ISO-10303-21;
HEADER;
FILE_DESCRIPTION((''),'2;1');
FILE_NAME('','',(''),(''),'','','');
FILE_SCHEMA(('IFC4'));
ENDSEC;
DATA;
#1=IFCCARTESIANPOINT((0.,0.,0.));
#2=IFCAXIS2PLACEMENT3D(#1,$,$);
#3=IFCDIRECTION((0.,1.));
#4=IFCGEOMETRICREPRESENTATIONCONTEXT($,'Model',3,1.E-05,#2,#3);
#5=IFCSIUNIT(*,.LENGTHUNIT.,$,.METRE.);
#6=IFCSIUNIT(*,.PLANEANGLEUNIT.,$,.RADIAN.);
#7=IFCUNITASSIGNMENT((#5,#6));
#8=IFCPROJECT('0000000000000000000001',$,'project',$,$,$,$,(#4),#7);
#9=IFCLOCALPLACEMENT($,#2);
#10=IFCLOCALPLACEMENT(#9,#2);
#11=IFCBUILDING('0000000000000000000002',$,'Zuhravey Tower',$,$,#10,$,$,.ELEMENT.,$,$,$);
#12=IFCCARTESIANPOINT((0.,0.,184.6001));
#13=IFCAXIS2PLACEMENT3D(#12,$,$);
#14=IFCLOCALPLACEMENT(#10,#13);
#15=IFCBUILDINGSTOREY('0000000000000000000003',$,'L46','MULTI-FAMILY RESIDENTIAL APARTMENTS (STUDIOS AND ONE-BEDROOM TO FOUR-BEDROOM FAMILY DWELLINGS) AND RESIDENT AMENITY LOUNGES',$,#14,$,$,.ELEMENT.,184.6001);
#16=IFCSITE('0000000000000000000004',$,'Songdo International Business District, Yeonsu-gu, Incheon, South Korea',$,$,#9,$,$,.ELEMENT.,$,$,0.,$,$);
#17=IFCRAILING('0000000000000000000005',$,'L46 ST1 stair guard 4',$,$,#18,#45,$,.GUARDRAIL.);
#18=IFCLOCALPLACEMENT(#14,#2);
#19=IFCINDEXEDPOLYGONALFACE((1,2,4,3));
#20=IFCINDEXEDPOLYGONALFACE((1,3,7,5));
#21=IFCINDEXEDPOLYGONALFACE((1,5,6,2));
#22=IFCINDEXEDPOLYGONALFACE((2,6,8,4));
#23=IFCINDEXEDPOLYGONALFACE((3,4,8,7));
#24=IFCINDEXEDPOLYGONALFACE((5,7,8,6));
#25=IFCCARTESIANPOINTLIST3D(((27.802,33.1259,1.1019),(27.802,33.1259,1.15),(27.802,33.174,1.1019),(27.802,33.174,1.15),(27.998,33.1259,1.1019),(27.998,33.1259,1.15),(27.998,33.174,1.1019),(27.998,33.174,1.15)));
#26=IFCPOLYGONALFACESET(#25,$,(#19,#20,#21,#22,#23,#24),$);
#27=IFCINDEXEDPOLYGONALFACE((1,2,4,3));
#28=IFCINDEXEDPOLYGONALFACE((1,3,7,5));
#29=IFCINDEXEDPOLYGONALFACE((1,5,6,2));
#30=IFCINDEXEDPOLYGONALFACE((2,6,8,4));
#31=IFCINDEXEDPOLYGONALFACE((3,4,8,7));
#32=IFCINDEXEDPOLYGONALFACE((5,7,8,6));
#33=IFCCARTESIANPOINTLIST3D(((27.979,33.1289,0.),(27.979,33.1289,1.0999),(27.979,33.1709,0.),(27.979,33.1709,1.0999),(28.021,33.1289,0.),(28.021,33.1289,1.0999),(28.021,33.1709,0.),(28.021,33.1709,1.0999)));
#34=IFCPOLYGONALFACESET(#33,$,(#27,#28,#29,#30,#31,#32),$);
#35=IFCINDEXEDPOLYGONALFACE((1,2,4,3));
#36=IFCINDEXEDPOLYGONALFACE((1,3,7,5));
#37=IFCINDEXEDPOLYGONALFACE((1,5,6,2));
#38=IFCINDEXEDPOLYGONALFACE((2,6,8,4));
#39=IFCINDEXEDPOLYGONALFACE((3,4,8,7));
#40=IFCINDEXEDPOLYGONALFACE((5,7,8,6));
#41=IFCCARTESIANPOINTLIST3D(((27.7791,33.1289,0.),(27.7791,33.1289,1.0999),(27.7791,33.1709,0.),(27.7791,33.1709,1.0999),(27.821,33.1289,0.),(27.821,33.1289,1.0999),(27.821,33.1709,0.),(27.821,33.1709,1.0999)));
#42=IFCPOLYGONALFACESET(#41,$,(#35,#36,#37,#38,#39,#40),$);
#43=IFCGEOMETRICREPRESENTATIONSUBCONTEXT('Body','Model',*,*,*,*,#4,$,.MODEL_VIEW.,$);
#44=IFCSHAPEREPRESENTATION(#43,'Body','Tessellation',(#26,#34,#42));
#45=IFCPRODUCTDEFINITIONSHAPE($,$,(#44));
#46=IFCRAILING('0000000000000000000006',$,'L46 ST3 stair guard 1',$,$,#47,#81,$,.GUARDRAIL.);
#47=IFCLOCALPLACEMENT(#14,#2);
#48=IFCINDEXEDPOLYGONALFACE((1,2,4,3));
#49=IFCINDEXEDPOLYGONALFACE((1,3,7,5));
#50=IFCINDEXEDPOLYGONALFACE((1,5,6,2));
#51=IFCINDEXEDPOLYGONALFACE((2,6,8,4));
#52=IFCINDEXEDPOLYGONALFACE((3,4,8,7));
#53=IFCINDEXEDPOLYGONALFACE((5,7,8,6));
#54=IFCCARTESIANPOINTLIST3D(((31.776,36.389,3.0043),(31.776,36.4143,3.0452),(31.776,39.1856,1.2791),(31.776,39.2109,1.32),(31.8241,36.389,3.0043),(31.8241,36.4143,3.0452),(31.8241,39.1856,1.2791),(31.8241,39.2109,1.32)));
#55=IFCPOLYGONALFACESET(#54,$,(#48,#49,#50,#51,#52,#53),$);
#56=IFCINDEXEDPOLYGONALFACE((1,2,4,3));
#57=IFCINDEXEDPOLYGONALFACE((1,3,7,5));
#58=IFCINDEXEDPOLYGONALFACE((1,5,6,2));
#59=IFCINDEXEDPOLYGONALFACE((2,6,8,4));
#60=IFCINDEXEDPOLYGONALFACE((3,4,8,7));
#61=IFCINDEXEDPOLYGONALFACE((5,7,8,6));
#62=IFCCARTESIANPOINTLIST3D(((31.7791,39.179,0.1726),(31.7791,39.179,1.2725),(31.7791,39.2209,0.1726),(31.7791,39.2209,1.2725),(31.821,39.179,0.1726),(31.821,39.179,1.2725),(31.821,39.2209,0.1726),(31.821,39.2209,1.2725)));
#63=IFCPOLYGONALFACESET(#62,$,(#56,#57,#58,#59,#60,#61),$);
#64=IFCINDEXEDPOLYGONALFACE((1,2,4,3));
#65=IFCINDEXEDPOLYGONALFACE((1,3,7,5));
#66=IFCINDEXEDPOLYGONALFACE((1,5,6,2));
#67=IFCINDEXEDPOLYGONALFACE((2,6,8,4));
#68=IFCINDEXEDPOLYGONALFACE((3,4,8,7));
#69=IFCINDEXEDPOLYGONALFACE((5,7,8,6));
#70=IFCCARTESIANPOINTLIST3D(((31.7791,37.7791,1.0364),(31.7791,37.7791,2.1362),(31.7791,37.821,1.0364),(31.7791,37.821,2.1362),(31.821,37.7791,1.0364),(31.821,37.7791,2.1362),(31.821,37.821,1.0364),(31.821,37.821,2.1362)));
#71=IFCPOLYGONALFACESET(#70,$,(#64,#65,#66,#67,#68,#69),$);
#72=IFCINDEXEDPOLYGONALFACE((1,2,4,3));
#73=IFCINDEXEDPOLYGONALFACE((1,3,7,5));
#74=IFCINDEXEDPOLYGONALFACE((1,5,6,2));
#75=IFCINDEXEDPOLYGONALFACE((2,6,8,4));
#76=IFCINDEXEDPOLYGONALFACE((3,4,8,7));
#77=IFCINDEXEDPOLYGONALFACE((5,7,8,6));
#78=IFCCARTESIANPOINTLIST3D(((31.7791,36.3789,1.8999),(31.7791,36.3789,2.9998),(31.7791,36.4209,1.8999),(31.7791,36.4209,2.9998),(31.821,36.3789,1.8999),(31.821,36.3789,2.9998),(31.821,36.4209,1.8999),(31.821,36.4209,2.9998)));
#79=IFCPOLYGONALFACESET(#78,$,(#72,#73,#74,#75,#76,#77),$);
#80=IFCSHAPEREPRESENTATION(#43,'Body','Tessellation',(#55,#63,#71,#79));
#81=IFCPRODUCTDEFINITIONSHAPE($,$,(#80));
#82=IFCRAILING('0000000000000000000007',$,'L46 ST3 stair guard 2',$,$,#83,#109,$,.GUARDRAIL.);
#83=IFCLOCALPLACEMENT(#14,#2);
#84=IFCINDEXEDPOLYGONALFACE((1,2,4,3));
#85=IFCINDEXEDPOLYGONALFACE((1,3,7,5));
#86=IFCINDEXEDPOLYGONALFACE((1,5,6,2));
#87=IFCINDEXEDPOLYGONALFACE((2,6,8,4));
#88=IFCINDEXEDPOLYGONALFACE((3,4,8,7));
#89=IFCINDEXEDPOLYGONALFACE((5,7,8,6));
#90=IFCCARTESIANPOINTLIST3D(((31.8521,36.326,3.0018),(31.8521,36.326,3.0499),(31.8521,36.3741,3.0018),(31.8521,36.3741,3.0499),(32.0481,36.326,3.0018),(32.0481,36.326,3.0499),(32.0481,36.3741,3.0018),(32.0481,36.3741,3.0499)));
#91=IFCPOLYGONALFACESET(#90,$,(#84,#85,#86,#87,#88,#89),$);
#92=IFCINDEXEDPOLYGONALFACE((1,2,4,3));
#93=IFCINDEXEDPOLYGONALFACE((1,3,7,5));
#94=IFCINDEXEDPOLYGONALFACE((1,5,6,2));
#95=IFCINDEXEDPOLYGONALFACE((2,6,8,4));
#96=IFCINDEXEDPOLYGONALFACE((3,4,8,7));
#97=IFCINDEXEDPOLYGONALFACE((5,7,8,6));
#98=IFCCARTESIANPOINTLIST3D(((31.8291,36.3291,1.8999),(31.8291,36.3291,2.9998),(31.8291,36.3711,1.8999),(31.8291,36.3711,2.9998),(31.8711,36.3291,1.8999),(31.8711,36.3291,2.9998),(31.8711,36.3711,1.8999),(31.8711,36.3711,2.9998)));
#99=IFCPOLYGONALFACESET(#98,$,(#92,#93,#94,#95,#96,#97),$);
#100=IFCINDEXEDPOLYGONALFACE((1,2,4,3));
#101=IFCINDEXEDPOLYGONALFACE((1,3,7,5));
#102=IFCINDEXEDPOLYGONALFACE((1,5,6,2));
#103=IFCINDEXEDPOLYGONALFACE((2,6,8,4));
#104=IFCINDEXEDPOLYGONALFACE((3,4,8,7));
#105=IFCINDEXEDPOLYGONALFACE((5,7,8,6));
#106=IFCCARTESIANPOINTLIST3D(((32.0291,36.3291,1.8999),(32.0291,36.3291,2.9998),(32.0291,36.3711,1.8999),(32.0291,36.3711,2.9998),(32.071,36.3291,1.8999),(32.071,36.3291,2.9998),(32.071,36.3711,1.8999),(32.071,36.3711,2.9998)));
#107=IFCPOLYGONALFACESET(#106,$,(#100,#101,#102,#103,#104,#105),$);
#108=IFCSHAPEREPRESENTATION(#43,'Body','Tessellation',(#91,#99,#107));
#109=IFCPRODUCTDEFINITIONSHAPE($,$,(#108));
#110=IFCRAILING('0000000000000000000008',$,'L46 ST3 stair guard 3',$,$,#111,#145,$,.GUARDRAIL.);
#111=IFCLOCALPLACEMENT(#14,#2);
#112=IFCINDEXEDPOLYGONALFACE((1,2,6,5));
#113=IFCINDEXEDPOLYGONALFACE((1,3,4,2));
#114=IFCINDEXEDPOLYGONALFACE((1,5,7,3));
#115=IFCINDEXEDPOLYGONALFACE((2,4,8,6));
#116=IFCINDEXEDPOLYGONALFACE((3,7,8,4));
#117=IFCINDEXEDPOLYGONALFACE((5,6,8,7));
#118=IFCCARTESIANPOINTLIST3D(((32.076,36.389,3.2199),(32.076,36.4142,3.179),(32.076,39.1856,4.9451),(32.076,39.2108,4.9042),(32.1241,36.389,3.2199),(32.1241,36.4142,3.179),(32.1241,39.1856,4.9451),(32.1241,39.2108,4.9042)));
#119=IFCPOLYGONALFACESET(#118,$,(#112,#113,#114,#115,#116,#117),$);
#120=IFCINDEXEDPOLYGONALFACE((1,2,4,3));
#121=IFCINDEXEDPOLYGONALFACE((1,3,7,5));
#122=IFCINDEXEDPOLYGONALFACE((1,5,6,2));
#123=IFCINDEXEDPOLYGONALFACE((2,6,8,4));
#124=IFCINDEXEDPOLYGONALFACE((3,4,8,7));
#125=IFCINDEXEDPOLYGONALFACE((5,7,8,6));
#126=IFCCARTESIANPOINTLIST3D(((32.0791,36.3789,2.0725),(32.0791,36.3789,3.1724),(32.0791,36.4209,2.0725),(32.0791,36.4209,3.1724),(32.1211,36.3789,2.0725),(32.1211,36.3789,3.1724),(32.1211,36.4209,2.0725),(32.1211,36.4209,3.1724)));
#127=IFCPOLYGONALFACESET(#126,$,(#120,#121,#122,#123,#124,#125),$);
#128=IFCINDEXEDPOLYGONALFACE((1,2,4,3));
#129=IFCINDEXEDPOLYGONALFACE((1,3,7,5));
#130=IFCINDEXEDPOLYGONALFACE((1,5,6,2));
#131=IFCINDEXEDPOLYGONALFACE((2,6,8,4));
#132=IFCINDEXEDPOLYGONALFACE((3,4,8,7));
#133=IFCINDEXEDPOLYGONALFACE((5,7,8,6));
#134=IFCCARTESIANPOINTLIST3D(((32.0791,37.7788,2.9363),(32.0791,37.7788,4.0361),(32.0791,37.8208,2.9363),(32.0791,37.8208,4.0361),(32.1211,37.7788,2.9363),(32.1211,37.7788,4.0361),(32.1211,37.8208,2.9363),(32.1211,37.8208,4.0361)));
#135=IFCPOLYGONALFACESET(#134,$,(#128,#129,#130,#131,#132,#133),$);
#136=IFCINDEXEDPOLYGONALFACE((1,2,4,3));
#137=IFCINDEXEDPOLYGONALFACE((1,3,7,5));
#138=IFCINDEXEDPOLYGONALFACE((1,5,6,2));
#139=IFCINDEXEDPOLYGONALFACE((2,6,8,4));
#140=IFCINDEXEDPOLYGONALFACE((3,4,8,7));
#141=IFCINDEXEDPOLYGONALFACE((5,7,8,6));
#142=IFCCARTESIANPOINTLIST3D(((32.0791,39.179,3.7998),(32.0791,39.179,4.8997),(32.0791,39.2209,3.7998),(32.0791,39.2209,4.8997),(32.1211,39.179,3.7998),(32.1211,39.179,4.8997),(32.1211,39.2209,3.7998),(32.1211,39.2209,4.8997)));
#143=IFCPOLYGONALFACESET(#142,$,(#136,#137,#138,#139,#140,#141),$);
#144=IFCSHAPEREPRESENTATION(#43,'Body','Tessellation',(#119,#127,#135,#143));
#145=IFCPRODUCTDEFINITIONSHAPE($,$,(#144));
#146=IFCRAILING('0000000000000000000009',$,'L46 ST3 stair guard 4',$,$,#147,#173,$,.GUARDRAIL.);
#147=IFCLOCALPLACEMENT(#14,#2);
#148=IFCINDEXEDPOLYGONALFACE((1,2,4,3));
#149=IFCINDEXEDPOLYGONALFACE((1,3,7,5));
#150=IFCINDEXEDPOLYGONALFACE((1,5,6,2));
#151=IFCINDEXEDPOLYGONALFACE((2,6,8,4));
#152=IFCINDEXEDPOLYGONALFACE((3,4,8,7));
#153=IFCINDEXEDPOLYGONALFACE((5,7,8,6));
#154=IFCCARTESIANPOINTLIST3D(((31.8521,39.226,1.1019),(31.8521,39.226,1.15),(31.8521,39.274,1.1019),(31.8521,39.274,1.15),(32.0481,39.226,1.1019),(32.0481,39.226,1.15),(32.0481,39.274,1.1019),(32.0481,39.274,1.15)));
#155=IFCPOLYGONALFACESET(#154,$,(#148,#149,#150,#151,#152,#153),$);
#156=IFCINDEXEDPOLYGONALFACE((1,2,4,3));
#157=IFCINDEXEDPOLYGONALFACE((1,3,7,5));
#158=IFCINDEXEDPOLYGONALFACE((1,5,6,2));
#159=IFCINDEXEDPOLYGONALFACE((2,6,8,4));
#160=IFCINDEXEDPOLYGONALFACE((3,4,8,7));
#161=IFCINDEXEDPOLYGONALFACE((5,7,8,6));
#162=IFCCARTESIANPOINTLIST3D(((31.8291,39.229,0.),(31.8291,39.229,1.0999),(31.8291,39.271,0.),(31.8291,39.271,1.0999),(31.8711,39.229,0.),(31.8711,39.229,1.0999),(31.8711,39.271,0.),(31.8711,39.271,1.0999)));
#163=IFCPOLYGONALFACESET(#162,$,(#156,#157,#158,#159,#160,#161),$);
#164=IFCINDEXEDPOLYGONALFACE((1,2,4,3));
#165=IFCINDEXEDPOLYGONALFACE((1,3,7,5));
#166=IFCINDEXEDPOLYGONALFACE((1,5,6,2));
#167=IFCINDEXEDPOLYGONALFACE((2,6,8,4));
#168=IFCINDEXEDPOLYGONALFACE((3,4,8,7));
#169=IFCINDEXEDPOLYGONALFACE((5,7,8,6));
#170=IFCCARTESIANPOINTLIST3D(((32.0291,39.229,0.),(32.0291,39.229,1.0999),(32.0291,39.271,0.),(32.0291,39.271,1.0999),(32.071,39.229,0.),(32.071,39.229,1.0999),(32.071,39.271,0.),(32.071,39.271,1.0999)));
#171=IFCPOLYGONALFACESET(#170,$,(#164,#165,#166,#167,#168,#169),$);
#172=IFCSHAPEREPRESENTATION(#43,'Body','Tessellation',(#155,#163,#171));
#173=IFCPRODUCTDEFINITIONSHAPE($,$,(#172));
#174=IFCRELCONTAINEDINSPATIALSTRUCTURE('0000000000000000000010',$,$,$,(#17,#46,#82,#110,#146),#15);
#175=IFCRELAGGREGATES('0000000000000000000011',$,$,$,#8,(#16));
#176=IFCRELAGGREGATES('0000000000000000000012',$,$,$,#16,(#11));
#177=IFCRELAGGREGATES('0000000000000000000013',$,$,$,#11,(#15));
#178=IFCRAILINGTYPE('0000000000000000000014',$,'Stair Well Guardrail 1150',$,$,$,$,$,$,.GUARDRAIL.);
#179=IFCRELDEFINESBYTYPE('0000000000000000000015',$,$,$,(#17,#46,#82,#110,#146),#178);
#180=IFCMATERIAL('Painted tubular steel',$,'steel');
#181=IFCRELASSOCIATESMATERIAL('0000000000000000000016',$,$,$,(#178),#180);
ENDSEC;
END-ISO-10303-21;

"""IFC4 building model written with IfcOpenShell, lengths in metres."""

from ifc_helpers import new_model, si_unit, direction, frame, origin, origin_2d, place, context, subcontext, project, spatial, rectangle, extrude, material, type_object, element, save


model = new_model("IFC4")

# Units and contexts
model_context = context("Model", 3, precision=1e-05, world=origin(), true_north=direction((0.0, 1.0)))
body_context = subcontext(model_context, "Body", "Model", "MODEL_VIEW")
ifc_project = project(units=[si_unit("LENGTHUNIT", "METRE"), si_unit("PLANEANGLEUNIT", "RADIAN")], contexts=[model_context])

# Site, building, storey
site_placement = place(None, origin())
site = spatial("IfcSite", under=ifc_project, at=site_placement, Name="Songdo International Business District, Yeonsu-gu, Incheon, South Korea", CompositionType="ELEMENT", RefElevation=0.0)
building_placement = place(site_placement, origin())
building = spatial("IfcBuilding", under=site, at=building_placement, Name="Zuhravey Tower", CompositionType="ELEMENT")
storey_placement = place(building_placement, frame((0.0, 0.0, 184.6001)))
storey = spatial("IfcBuildingStorey", under=building, at=storey_placement, Name="L46", Description="MULTI-FAMILY RESIDENTIAL APARTMENTS (STUDIOS AND ONE-BEDROOM TO FOUR-BEDROOM FAMILY DWELLINGS) AND RESIDENT AMENITY LOUNGES", CompositionType="ELEMENT", Elevation=184.6001)

# Railings
ifc_material_1 = material(Name="Painted tubular steel", Category="steel")
railing_type_1 = type_object("IfcRailingType", Name="Stair Well Guardrail 1150", PredefinedType="GUARDRAIL", material=ifc_material_1)
railing_1_placement = place(storey_placement, frame((28.0, 33.1499, 0.0)))
element("IfcRailing", 1, at=railing_1_placement, inside=storey, type_object=railing_type_1, Name="L46 ST1 stair guard 4", PredefinedType="GUARDRAIL", context=body_context, shape_type="SweptSolid", body=[
    extrude(rectangle(XDim=0.0481, YDim=0.0481, at=origin_2d()), frame((-0.002, 0.0, 1.126), z_axis=(-1.0, 0.0, 0.0), x_axis=(0.0, -1.0, 0.0)), (0.0, 0.0, 1.0), 0.196),
    extrude(rectangle(XDim=0.042, YDim=0.042, at=origin_2d()), origin(), (0.0, 0.0, 1.0), 1.0999),
    extrude(rectangle(XDim=0.042, YDim=0.042, at=origin_2d()), frame((-0.2, 0.0, 0.0)), (0.0, 0.0, 1.0), 1.0999),
])
railing_2_placement = place(storey_placement, frame((31.8, 39.2, 0.1726)))
element("IfcRailing", 2, at=railing_2_placement, inside=storey, type_object=railing_type_1, Name="L46 ST3 stair guard 1", PredefinedType="GUARDRAIL", context=body_context, shape_type="SweptSolid", body=[
    extrude(rectangle(XDim=0.0481, YDim=0.0481, at=origin_2d()), frame((0.0, -0.0017, 1.127), z_axis=(0.0, -0.85109, 0.52502), x_axis=(1.0, 0.0, 0.0)), (0.0, 0.0, 1.0), 3.2859),
    extrude(rectangle(XDim=0.042, YDim=0.042, at=origin_2d()), origin(), (0.0, 0.0, 1.0), 1.0999),
    extrude(rectangle(XDim=0.042, YDim=0.042, at=origin_2d()), frame((0.0, -1.3999, 0.8638)), (0.0, 0.0, 1.0), 1.0999),
    extrude(rectangle(XDim=0.042, YDim=0.042, at=origin_2d()), frame((0.0, -2.8, 1.7273)), (0.0, 0.0, 1.0), 1.0999),
])
railing_3_placement = place(storey_placement, frame((31.8501, 36.3501, 1.8999)))
element("IfcRailing", 3, at=railing_3_placement, inside=storey, type_object=railing_type_1, Name="L46 ST3 stair guard 2", PredefinedType="GUARDRAIL", context=body_context, shape_type="SweptSolid", body=[
    extrude(rectangle(XDim=0.0481, YDim=0.0481, at=origin_2d()), frame((0.002, 0.0, 1.126), z_axis=(1.0, 0.0, 0.0), x_axis=(0.0, 1.0, 0.0)), (0.0, 0.0, 1.0), 0.196),
    extrude(rectangle(XDim=0.042, YDim=0.042, at=origin_2d()), origin(), (0.0, 0.0, 1.0), 1.0999),
    extrude(rectangle(XDim=0.042, YDim=0.042, at=origin_2d()), frame((0.2, 0.0, 0.0)), (0.0, 0.0, 1.0), 1.0999),
])
railing_4_placement = place(storey_placement, frame((32.1001, 36.3999, 2.0725)))
element("IfcRailing", 4, at=railing_4_placement, inside=storey, type_object=railing_type_1, Name="L46 ST3 stair guard 3", PredefinedType="GUARDRAIL", context=body_context, shape_type="SweptSolid", body=[
    extrude(rectangle(XDim=0.0481, YDim=0.0481, at=origin_2d()), frame((0.0, 0.0017, 1.127), z_axis=(0.0, 0.85109, 0.52502), x_axis=(-1.0, 0.0, 0.0)), (0.0, 0.0, 1.0), 3.2859),
    extrude(rectangle(XDim=0.042, YDim=0.042, at=origin_2d()), origin(), (0.0, 0.0, 1.0), 1.0999),
    extrude(rectangle(XDim=0.042, YDim=0.042, at=origin_2d()), frame((0.0, 1.3999, 0.8638)), (0.0, 0.0, 1.0), 1.0999),
    extrude(rectangle(XDim=0.042, YDim=0.042, at=origin_2d()), frame((0.0, 2.8, 1.7273)), (0.0, 0.0, 1.0), 1.0999),
])
railing_5_placement = place(storey_placement, frame((31.8501, 39.25, 0.0)))
element("IfcRailing", 5, at=railing_5_placement, inside=storey, type_object=railing_type_1, Name="L46 ST3 stair guard 4", PredefinedType="GUARDRAIL", context=body_context, shape_type="SweptSolid", body=[
    extrude(rectangle(XDim=0.0481, YDim=0.0481, at=origin_2d()), frame((0.002, 0.0, 1.126), z_axis=(1.0, 0.0, 0.0), x_axis=(0.0, 1.0, 0.0)), (0.0, 0.0, 1.0), 0.196),
    extrude(rectangle(XDim=0.042, YDim=0.042, at=origin_2d()), origin(), (0.0, 0.0, 1.0), 1.0999),
    extrude(rectangle(XDim=0.042, YDim=0.042, at=origin_2d()), frame((0.2, 0.0, 0.0)), (0.0, 0.0, 1.0), 1.0999),
])

save(model, "model.ifc")
